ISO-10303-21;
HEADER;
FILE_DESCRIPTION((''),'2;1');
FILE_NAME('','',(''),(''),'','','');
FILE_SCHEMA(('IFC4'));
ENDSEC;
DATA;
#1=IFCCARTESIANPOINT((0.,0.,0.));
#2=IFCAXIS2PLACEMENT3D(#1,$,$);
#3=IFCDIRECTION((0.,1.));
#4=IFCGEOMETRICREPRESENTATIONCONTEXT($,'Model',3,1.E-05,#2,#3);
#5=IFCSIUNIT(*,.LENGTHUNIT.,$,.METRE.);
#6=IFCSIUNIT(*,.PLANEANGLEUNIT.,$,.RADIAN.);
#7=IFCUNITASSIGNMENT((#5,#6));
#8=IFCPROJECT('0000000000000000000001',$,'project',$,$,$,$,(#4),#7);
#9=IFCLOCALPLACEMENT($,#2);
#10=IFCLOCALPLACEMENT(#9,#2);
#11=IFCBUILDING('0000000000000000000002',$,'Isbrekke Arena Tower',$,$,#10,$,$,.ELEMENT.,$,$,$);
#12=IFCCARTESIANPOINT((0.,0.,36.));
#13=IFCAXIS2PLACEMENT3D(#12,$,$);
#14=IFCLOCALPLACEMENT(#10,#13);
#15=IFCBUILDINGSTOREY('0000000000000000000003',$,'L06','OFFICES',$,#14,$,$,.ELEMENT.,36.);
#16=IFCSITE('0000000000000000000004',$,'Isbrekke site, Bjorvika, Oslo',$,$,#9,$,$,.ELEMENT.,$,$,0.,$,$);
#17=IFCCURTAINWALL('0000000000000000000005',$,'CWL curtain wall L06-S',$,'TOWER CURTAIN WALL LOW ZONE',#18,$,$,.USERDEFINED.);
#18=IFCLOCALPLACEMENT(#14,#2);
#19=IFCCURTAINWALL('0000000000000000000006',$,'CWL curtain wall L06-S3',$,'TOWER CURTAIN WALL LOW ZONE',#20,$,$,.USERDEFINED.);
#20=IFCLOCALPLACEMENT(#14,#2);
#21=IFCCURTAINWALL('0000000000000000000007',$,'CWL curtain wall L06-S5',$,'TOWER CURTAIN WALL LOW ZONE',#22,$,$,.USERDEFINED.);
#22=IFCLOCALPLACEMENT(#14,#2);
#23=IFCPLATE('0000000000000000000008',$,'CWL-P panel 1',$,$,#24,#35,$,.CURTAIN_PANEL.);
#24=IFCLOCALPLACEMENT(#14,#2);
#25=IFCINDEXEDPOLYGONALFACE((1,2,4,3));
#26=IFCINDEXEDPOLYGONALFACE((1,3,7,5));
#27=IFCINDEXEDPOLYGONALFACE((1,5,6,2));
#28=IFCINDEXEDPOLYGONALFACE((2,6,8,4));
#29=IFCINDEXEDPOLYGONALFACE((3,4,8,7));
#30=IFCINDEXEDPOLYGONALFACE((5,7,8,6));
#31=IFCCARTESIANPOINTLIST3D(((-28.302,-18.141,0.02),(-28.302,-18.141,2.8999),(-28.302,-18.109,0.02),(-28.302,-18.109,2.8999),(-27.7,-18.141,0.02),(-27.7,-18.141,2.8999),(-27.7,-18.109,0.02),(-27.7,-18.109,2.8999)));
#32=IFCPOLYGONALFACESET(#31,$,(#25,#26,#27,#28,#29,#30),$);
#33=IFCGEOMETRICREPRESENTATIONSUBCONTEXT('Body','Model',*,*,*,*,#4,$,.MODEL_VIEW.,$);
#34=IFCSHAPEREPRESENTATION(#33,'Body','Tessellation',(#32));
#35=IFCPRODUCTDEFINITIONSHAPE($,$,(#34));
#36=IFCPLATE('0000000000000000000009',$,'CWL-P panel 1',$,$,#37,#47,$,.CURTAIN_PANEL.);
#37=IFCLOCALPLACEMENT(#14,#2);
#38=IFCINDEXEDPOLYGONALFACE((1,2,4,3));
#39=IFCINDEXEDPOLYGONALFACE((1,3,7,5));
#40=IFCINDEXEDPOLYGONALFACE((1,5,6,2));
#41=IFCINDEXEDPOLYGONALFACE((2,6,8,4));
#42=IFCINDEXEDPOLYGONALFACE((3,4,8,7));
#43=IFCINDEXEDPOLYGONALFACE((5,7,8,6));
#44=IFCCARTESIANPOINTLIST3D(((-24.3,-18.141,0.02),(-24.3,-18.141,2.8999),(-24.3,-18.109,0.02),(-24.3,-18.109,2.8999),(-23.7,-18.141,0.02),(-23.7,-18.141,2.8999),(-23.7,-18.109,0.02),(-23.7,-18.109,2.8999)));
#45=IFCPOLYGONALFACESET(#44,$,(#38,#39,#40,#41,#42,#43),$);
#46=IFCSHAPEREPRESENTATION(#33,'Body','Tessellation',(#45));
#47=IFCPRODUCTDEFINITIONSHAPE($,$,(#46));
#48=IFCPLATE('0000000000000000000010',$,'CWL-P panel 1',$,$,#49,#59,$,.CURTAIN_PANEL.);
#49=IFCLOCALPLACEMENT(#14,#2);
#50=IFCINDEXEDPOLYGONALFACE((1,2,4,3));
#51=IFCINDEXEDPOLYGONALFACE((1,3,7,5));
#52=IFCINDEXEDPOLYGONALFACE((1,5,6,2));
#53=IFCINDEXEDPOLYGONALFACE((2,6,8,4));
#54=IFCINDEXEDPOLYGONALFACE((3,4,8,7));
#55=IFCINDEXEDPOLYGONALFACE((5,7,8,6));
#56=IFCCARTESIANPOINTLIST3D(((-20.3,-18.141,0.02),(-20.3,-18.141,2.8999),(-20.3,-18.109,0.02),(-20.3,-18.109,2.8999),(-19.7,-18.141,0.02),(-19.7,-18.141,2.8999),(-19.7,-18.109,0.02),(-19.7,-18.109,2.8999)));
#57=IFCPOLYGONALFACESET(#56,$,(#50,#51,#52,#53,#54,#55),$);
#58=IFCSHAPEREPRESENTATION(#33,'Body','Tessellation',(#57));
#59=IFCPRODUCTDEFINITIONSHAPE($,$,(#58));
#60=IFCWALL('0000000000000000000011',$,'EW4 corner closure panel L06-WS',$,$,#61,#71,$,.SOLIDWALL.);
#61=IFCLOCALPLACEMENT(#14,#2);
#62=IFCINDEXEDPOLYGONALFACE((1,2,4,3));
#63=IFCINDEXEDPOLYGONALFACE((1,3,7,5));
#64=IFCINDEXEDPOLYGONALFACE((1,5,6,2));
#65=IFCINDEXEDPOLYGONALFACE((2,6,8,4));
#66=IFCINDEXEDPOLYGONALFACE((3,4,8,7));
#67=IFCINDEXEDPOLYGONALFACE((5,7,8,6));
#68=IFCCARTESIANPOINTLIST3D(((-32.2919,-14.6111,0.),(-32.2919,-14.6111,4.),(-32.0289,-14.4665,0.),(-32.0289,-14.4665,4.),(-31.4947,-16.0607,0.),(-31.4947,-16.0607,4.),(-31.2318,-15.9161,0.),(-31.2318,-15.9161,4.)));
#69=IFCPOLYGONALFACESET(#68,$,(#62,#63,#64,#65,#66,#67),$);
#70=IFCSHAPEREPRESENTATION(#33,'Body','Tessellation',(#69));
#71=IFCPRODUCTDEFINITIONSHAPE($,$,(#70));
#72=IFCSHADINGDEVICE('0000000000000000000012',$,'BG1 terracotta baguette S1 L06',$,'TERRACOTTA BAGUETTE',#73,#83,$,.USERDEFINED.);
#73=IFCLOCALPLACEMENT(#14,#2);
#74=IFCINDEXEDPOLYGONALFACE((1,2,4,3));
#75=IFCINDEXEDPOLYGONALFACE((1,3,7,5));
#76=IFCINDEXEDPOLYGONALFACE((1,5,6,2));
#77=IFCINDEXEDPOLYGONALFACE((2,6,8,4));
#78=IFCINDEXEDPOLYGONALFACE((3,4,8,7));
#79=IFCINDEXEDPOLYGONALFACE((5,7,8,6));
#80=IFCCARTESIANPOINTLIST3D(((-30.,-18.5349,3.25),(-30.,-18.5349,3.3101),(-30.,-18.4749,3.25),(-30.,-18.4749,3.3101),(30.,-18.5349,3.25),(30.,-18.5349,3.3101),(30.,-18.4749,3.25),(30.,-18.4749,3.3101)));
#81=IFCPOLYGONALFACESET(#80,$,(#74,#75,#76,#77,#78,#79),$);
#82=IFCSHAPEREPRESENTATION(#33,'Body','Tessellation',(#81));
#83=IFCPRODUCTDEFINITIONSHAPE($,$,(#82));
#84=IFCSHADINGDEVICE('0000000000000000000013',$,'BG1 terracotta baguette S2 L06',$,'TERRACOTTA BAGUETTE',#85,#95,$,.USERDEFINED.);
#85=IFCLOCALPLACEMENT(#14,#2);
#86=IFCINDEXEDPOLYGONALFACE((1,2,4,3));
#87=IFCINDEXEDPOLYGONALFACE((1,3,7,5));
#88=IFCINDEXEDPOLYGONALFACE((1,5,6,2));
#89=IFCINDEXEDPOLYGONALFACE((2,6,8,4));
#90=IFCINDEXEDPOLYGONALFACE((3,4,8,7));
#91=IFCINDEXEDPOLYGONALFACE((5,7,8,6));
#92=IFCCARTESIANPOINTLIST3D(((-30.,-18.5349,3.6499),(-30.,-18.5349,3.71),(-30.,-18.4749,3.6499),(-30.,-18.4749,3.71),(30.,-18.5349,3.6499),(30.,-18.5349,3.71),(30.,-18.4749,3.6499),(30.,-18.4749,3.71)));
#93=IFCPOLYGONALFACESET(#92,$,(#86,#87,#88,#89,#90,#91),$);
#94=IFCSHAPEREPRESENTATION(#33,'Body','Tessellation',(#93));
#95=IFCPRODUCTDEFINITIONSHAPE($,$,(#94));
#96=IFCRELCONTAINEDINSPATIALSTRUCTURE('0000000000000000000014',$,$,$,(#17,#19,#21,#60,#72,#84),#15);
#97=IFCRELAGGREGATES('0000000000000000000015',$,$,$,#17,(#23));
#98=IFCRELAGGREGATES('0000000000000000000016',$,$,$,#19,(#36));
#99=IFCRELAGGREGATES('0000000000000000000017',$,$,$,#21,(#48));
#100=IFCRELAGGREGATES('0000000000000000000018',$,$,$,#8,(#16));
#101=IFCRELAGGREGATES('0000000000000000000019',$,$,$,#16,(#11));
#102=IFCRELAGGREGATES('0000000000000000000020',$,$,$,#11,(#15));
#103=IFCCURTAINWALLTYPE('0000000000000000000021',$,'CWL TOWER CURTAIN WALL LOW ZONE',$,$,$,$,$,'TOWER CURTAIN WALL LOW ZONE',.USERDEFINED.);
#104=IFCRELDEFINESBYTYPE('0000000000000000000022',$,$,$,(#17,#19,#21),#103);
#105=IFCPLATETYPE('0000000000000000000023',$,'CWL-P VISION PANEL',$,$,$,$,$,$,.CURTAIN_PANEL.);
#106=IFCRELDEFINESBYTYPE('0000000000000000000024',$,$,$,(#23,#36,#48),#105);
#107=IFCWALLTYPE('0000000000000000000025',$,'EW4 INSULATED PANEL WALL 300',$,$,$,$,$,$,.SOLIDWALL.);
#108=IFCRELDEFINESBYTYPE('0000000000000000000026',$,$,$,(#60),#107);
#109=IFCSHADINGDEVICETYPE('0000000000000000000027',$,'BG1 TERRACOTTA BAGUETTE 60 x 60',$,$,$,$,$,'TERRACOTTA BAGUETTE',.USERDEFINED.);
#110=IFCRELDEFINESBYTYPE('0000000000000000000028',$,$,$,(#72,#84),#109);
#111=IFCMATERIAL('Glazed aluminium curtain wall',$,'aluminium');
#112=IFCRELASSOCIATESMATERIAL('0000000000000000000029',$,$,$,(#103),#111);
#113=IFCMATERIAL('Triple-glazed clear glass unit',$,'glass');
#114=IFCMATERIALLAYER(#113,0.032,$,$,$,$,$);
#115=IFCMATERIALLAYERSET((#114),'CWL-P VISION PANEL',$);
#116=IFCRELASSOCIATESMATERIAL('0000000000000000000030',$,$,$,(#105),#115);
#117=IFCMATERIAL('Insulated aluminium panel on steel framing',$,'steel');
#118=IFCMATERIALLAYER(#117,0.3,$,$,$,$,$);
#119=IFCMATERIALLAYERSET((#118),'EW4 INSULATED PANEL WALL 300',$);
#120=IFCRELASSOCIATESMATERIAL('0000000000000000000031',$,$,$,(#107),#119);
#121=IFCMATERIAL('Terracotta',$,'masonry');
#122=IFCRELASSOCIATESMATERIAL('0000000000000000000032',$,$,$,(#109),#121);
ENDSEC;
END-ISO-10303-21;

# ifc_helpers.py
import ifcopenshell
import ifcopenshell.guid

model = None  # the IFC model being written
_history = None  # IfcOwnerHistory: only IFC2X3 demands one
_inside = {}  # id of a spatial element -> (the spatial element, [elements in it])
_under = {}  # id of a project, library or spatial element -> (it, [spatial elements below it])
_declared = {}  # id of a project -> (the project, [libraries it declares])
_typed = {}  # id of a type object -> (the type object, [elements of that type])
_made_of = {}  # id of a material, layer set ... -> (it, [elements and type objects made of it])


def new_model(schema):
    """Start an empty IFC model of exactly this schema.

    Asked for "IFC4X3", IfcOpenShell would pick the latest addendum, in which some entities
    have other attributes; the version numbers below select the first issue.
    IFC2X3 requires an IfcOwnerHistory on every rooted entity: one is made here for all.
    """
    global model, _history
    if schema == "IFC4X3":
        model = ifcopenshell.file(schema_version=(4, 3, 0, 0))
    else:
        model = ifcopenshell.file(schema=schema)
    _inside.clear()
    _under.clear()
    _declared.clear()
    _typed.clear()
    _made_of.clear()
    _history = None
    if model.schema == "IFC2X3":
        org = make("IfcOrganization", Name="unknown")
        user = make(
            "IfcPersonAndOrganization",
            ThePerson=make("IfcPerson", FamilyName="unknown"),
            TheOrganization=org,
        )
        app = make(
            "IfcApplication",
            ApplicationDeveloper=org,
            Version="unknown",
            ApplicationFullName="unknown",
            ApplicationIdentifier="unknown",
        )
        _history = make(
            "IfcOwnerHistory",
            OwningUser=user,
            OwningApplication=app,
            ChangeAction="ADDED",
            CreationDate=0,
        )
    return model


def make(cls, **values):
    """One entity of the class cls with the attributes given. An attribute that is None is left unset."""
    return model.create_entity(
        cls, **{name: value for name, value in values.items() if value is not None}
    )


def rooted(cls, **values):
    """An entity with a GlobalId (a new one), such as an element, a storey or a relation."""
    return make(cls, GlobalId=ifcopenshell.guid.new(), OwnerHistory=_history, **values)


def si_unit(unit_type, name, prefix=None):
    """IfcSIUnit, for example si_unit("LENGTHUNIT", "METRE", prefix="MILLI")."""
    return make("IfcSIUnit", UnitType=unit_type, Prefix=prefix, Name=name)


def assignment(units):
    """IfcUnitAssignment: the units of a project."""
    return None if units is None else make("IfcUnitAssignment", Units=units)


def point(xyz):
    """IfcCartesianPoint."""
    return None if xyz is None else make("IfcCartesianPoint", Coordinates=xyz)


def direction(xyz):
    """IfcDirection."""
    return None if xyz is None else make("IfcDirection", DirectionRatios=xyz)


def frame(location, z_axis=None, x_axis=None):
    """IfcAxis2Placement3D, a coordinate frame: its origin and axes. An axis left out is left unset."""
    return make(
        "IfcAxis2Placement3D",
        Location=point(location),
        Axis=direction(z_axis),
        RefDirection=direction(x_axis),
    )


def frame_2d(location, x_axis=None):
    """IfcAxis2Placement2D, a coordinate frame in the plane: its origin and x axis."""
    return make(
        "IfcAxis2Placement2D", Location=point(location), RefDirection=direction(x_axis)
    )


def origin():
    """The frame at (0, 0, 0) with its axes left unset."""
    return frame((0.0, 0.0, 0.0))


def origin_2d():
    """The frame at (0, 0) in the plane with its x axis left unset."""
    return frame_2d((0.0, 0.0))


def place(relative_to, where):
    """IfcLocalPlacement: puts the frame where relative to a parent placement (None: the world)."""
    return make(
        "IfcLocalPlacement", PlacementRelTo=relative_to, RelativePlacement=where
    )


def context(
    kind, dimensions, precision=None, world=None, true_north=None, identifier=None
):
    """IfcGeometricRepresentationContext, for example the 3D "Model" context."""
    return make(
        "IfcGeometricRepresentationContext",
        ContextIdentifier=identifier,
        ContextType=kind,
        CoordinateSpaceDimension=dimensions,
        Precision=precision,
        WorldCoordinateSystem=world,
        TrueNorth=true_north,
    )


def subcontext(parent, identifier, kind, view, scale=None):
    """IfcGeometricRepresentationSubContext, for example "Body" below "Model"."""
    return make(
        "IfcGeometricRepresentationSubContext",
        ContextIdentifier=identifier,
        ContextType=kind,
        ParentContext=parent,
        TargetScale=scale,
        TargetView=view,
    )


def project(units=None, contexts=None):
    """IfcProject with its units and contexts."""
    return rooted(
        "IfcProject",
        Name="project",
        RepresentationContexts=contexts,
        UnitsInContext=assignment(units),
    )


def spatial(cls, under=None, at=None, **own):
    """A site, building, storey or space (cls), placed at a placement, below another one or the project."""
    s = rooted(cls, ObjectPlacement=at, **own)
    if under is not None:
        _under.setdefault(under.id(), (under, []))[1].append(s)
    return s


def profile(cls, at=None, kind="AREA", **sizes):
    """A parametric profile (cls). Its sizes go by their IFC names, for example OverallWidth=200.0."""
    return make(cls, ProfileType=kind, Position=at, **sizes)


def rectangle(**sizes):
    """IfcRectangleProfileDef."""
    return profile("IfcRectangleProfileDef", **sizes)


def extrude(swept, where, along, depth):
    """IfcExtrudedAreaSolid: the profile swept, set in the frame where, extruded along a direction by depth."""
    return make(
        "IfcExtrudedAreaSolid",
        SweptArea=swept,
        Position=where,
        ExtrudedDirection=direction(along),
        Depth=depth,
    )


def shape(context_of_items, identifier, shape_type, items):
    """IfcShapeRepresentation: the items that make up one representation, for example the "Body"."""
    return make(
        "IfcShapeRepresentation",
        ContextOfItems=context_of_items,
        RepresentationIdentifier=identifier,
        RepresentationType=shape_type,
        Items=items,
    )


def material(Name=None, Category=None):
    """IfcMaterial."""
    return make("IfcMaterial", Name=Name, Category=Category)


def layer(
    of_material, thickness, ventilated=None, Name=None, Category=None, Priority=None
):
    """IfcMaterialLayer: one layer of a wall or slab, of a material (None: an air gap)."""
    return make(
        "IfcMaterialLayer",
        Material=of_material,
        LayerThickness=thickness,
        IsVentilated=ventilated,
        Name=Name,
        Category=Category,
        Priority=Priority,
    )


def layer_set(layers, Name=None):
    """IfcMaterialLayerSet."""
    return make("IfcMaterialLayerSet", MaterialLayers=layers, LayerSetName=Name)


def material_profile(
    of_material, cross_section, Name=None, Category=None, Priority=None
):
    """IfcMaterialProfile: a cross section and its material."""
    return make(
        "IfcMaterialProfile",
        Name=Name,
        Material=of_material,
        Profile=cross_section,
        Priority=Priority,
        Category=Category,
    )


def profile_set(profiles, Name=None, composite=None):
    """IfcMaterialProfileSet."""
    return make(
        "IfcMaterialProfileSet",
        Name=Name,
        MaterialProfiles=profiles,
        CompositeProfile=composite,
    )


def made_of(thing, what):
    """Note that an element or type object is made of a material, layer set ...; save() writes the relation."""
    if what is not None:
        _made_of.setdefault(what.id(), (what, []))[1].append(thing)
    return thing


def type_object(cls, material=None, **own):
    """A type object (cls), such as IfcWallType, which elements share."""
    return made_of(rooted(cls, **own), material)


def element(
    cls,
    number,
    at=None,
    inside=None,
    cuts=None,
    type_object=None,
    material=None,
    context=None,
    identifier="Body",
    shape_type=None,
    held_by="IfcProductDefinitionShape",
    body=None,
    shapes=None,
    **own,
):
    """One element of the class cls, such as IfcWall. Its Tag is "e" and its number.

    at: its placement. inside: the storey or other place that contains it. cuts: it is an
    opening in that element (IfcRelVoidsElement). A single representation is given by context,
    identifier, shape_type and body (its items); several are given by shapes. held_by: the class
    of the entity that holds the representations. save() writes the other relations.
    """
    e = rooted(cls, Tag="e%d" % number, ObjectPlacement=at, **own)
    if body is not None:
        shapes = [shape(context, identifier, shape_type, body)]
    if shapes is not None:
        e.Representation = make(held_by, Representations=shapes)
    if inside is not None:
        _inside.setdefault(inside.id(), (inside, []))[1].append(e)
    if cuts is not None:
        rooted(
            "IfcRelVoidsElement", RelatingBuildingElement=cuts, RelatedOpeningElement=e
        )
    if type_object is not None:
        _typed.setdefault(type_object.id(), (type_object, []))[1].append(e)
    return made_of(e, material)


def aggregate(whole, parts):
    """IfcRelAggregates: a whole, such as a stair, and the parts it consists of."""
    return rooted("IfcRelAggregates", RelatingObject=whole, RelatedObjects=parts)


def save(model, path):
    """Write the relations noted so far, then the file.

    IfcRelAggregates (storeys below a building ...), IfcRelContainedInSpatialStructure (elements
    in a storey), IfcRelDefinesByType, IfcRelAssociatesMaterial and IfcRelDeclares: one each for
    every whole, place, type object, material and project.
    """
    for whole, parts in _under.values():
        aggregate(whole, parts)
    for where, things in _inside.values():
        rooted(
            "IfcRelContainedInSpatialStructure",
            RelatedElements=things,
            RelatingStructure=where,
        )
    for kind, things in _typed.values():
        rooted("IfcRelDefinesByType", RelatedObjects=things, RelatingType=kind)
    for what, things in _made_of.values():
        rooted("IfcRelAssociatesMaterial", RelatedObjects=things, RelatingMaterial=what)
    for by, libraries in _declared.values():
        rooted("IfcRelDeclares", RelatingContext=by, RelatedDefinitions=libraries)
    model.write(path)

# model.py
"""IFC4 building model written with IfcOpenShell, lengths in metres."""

from ifc_helpers import new_model, si_unit, direction, frame, frame_2d, origin, origin_2d, place, context, subcontext, project, spatial, rectangle, extrude, material, layer, layer_set, material_profile, profile_set, type_object, element, aggregate, save


model = new_model("IFC4")

# Units and contexts
model_context = context("Model", 3, precision=1e-05, world=origin(), true_north=direction((0.0, 1.0)))
body_context = subcontext(model_context, "Body", "Model", "MODEL_VIEW")
ifc_project = project(units=[si_unit("LENGTHUNIT", "METRE"), si_unit("PLANEANGLEUNIT", "RADIAN")], contexts=[model_context])

# Site, building, storey
site_placement = place(None, origin())
site = spatial("IfcSite", under=ifc_project, at=site_placement, Name="Isbrekke site, Bjorvika, Oslo", CompositionType="ELEMENT", RefElevation=0.0)
building_placement = place(site_placement, origin())
building = spatial("IfcBuilding", under=site, at=building_placement, Name="Isbrekke Arena Tower", CompositionType="ELEMENT")
storey_placement = place(building_placement, frame((0.0, 0.0, 36.0)))
storey = spatial("IfcBuildingStorey", under=building, at=storey_placement, Name="L06", Description="OFFICES", CompositionType="ELEMENT", Elevation=36.0)

# Curtain walls
ifc_material_1 = material(Name="Glazed aluminium curtain wall", Category="aluminium")
curtain_wall_type = type_object("IfcCurtainWallType", Name="CWL TOWER CURTAIN WALL LOW ZONE", ElementType="TOWER CURTAIN WALL LOW ZONE", PredefinedType="USERDEFINED", material=ifc_material_1)
curtain_wall_1_placement = place(storey_placement, origin())
curtain_wall_1 = element("IfcCurtainWall", 1, at=curtain_wall_1_placement, inside=storey, type_object=curtain_wall_type, Name="CWL curtain wall L06-S", ObjectType="TOWER CURTAIN WALL LOW ZONE", PredefinedType="USERDEFINED")
curtain_wall_2_placement = place(storey_placement, origin())
curtain_wall_2 = element("IfcCurtainWall", 2, at=curtain_wall_2_placement, inside=storey, type_object=curtain_wall_type, Name="CWL curtain wall L06-S3", ObjectType="TOWER CURTAIN WALL LOW ZONE", PredefinedType="USERDEFINED")

# Curtain wall
curtain_wall_3_placement = place(storey_placement, origin())
curtain_wall_3 = element("IfcCurtainWall", 3, at=curtain_wall_3_placement, inside=storey, type_object=curtain_wall_type, Name="CWL curtain wall L06-S5", ObjectType="TOWER CURTAIN WALL LOW ZONE", PredefinedType="USERDEFINED")

# Plates
ifc_material_2 = material(Name="Triple-glazed clear glass unit", Category="glass")
ifc_layer_1 = layer(ifc_material_2, 0.032)
ifc_layer_set_1 = layer_set([ifc_layer_1], Name="CWL-P VISION PANEL")
plate_type = type_object("IfcPlateType", Name="CWL-P VISION PANEL", PredefinedType="CURTAIN_PANEL", material=ifc_layer_set_1)
plate_1_placement = place(storey_placement, frame((-28.001, -18.125, 0.02), z_axis=(0.0, 0.0, 1.0), x_axis=(1.0, 0.0, 0.0)))
plate_1 = element("IfcPlate", 4, at=plate_1_placement, type_object=plate_type, Name="CWL-P panel 1", PredefinedType="CURTAIN_PANEL", context=body_context, shape_type="SweptSolid", body=[
    extrude(rectangle(XDim=0.6021, YDim=0.032, at=origin_2d()), origin(), (0.0, 0.0, 1.0), 2.8799),
])
aggregate(curtain_wall_1, [plate_1])
plate_2_placement = place(storey_placement, frame((-24.0, -18.125, 0.02), z_axis=(0.0, 0.0, 1.0), x_axis=(1.0, 0.0, 0.0)))
plate_2 = element("IfcPlate", 5, at=plate_2_placement, type_object=plate_type, Name="CWL-P panel 1", PredefinedType="CURTAIN_PANEL", context=body_context, shape_type="SweptSolid", body=[
    extrude(rectangle(XDim=0.6001, YDim=0.032, at=origin_2d()), origin(), (0.0, 0.0, 1.0), 2.8799),
])
aggregate(curtain_wall_2, [plate_2])
plate_3_placement = place(storey_placement, frame((-20.0, -18.125, 0.02), z_axis=(0.0, 0.0, 1.0), x_axis=(1.0, 0.0, 0.0)))
plate_3 = element("IfcPlate", 6, at=plate_3_placement, type_object=plate_type, Name="CWL-P panel 1", PredefinedType="CURTAIN_PANEL", context=body_context, shape_type="SweptSolid", body=[
    extrude(rectangle(XDim=0.6001, YDim=0.032, at=origin_2d()), origin(), (0.0, 0.0, 1.0), 2.8799),
])
aggregate(curtain_wall_3, [plate_3])

# Wall
ifc_material_3 = material(Name="Insulated aluminium panel on steel framing", Category="steel")
ifc_layer_2 = layer(ifc_material_3, 0.3)
ifc_layer_set_2 = layer_set([ifc_layer_2], Name="EW4 INSULATED PANEL WALL 300")
wall_type = type_object("IfcWallType", Name="EW4 INSULATED PANEL WALL 300", PredefinedType="SOLIDWALL", material=ifc_layer_set_2)
wall_placement = place(storey_placement, frame((-32.1604, -14.5388, 0.0), z_axis=(0.0, 0.0, 1.0), x_axis=(0.481879, -0.876238, 0.0)))
element("IfcWall", 7, at=wall_placement, inside=storey, type_object=wall_type, Name="EW4 corner closure panel L06-WS", PredefinedType="SOLIDWALL", context=body_context, shape_type="SweptSolid", body=[
    extrude(rectangle(XDim=1.6543, YDim=0.3, at=frame_2d((0.8271, 0.0))), origin(), (0.0, 0.0, 1.0), 4.0),
])

# Shading devices
ifc_material_4 = material(Name="Terracotta", Category="masonry")
ifc_material_profile_1 = material_profile(ifc_material_4, rectangle(XDim=0.0601, YDim=0.0601, at=origin_2d()), Name="BAGUETTE 60X60")
ifc_profile_set_1 = profile_set([ifc_material_profile_1], Name="Terracotta")
shading_device_type = type_object("IfcShadingDeviceType", Name="BG1 TERRACOTTA BAGUETTE 60 x 60", ElementType="TERRACOTTA BAGUETTE", PredefinedType="USERDEFINED", material=ifc_profile_set_1)
for number, where, z_axis, x_axis, name in (
    (8, (-30.0, -18.5049, 3.28), (1.0, 0.0, 0.0), (0.0, 1.0, 0.0), "BG1 terracotta baguette S1 L06"),
    (9, (-30.0, -18.5049, 3.6799), (1.0, 0.0, 0.0), (0.0, 1.0, 0.0), "BG1 terracotta baguette S2 L06"),
):
    element("IfcShadingDevice", number, at=place(storey_placement, frame(where, z_axis=z_axis, x_axis=x_axis)), inside=storey, type_object=shading_device_type, Name=name, ObjectType="TERRACOTTA BAGUETTE", PredefinedType="USERDEFINED", context=body_context, shape_type="SweptSolid", body=[
        extrude(rectangle(XDim=0.0601, YDim=0.0601, at=origin_2d()), origin(), (0.0, 0.0, 1.0), 60.0),
    ])

save(model, "model.ifc")
